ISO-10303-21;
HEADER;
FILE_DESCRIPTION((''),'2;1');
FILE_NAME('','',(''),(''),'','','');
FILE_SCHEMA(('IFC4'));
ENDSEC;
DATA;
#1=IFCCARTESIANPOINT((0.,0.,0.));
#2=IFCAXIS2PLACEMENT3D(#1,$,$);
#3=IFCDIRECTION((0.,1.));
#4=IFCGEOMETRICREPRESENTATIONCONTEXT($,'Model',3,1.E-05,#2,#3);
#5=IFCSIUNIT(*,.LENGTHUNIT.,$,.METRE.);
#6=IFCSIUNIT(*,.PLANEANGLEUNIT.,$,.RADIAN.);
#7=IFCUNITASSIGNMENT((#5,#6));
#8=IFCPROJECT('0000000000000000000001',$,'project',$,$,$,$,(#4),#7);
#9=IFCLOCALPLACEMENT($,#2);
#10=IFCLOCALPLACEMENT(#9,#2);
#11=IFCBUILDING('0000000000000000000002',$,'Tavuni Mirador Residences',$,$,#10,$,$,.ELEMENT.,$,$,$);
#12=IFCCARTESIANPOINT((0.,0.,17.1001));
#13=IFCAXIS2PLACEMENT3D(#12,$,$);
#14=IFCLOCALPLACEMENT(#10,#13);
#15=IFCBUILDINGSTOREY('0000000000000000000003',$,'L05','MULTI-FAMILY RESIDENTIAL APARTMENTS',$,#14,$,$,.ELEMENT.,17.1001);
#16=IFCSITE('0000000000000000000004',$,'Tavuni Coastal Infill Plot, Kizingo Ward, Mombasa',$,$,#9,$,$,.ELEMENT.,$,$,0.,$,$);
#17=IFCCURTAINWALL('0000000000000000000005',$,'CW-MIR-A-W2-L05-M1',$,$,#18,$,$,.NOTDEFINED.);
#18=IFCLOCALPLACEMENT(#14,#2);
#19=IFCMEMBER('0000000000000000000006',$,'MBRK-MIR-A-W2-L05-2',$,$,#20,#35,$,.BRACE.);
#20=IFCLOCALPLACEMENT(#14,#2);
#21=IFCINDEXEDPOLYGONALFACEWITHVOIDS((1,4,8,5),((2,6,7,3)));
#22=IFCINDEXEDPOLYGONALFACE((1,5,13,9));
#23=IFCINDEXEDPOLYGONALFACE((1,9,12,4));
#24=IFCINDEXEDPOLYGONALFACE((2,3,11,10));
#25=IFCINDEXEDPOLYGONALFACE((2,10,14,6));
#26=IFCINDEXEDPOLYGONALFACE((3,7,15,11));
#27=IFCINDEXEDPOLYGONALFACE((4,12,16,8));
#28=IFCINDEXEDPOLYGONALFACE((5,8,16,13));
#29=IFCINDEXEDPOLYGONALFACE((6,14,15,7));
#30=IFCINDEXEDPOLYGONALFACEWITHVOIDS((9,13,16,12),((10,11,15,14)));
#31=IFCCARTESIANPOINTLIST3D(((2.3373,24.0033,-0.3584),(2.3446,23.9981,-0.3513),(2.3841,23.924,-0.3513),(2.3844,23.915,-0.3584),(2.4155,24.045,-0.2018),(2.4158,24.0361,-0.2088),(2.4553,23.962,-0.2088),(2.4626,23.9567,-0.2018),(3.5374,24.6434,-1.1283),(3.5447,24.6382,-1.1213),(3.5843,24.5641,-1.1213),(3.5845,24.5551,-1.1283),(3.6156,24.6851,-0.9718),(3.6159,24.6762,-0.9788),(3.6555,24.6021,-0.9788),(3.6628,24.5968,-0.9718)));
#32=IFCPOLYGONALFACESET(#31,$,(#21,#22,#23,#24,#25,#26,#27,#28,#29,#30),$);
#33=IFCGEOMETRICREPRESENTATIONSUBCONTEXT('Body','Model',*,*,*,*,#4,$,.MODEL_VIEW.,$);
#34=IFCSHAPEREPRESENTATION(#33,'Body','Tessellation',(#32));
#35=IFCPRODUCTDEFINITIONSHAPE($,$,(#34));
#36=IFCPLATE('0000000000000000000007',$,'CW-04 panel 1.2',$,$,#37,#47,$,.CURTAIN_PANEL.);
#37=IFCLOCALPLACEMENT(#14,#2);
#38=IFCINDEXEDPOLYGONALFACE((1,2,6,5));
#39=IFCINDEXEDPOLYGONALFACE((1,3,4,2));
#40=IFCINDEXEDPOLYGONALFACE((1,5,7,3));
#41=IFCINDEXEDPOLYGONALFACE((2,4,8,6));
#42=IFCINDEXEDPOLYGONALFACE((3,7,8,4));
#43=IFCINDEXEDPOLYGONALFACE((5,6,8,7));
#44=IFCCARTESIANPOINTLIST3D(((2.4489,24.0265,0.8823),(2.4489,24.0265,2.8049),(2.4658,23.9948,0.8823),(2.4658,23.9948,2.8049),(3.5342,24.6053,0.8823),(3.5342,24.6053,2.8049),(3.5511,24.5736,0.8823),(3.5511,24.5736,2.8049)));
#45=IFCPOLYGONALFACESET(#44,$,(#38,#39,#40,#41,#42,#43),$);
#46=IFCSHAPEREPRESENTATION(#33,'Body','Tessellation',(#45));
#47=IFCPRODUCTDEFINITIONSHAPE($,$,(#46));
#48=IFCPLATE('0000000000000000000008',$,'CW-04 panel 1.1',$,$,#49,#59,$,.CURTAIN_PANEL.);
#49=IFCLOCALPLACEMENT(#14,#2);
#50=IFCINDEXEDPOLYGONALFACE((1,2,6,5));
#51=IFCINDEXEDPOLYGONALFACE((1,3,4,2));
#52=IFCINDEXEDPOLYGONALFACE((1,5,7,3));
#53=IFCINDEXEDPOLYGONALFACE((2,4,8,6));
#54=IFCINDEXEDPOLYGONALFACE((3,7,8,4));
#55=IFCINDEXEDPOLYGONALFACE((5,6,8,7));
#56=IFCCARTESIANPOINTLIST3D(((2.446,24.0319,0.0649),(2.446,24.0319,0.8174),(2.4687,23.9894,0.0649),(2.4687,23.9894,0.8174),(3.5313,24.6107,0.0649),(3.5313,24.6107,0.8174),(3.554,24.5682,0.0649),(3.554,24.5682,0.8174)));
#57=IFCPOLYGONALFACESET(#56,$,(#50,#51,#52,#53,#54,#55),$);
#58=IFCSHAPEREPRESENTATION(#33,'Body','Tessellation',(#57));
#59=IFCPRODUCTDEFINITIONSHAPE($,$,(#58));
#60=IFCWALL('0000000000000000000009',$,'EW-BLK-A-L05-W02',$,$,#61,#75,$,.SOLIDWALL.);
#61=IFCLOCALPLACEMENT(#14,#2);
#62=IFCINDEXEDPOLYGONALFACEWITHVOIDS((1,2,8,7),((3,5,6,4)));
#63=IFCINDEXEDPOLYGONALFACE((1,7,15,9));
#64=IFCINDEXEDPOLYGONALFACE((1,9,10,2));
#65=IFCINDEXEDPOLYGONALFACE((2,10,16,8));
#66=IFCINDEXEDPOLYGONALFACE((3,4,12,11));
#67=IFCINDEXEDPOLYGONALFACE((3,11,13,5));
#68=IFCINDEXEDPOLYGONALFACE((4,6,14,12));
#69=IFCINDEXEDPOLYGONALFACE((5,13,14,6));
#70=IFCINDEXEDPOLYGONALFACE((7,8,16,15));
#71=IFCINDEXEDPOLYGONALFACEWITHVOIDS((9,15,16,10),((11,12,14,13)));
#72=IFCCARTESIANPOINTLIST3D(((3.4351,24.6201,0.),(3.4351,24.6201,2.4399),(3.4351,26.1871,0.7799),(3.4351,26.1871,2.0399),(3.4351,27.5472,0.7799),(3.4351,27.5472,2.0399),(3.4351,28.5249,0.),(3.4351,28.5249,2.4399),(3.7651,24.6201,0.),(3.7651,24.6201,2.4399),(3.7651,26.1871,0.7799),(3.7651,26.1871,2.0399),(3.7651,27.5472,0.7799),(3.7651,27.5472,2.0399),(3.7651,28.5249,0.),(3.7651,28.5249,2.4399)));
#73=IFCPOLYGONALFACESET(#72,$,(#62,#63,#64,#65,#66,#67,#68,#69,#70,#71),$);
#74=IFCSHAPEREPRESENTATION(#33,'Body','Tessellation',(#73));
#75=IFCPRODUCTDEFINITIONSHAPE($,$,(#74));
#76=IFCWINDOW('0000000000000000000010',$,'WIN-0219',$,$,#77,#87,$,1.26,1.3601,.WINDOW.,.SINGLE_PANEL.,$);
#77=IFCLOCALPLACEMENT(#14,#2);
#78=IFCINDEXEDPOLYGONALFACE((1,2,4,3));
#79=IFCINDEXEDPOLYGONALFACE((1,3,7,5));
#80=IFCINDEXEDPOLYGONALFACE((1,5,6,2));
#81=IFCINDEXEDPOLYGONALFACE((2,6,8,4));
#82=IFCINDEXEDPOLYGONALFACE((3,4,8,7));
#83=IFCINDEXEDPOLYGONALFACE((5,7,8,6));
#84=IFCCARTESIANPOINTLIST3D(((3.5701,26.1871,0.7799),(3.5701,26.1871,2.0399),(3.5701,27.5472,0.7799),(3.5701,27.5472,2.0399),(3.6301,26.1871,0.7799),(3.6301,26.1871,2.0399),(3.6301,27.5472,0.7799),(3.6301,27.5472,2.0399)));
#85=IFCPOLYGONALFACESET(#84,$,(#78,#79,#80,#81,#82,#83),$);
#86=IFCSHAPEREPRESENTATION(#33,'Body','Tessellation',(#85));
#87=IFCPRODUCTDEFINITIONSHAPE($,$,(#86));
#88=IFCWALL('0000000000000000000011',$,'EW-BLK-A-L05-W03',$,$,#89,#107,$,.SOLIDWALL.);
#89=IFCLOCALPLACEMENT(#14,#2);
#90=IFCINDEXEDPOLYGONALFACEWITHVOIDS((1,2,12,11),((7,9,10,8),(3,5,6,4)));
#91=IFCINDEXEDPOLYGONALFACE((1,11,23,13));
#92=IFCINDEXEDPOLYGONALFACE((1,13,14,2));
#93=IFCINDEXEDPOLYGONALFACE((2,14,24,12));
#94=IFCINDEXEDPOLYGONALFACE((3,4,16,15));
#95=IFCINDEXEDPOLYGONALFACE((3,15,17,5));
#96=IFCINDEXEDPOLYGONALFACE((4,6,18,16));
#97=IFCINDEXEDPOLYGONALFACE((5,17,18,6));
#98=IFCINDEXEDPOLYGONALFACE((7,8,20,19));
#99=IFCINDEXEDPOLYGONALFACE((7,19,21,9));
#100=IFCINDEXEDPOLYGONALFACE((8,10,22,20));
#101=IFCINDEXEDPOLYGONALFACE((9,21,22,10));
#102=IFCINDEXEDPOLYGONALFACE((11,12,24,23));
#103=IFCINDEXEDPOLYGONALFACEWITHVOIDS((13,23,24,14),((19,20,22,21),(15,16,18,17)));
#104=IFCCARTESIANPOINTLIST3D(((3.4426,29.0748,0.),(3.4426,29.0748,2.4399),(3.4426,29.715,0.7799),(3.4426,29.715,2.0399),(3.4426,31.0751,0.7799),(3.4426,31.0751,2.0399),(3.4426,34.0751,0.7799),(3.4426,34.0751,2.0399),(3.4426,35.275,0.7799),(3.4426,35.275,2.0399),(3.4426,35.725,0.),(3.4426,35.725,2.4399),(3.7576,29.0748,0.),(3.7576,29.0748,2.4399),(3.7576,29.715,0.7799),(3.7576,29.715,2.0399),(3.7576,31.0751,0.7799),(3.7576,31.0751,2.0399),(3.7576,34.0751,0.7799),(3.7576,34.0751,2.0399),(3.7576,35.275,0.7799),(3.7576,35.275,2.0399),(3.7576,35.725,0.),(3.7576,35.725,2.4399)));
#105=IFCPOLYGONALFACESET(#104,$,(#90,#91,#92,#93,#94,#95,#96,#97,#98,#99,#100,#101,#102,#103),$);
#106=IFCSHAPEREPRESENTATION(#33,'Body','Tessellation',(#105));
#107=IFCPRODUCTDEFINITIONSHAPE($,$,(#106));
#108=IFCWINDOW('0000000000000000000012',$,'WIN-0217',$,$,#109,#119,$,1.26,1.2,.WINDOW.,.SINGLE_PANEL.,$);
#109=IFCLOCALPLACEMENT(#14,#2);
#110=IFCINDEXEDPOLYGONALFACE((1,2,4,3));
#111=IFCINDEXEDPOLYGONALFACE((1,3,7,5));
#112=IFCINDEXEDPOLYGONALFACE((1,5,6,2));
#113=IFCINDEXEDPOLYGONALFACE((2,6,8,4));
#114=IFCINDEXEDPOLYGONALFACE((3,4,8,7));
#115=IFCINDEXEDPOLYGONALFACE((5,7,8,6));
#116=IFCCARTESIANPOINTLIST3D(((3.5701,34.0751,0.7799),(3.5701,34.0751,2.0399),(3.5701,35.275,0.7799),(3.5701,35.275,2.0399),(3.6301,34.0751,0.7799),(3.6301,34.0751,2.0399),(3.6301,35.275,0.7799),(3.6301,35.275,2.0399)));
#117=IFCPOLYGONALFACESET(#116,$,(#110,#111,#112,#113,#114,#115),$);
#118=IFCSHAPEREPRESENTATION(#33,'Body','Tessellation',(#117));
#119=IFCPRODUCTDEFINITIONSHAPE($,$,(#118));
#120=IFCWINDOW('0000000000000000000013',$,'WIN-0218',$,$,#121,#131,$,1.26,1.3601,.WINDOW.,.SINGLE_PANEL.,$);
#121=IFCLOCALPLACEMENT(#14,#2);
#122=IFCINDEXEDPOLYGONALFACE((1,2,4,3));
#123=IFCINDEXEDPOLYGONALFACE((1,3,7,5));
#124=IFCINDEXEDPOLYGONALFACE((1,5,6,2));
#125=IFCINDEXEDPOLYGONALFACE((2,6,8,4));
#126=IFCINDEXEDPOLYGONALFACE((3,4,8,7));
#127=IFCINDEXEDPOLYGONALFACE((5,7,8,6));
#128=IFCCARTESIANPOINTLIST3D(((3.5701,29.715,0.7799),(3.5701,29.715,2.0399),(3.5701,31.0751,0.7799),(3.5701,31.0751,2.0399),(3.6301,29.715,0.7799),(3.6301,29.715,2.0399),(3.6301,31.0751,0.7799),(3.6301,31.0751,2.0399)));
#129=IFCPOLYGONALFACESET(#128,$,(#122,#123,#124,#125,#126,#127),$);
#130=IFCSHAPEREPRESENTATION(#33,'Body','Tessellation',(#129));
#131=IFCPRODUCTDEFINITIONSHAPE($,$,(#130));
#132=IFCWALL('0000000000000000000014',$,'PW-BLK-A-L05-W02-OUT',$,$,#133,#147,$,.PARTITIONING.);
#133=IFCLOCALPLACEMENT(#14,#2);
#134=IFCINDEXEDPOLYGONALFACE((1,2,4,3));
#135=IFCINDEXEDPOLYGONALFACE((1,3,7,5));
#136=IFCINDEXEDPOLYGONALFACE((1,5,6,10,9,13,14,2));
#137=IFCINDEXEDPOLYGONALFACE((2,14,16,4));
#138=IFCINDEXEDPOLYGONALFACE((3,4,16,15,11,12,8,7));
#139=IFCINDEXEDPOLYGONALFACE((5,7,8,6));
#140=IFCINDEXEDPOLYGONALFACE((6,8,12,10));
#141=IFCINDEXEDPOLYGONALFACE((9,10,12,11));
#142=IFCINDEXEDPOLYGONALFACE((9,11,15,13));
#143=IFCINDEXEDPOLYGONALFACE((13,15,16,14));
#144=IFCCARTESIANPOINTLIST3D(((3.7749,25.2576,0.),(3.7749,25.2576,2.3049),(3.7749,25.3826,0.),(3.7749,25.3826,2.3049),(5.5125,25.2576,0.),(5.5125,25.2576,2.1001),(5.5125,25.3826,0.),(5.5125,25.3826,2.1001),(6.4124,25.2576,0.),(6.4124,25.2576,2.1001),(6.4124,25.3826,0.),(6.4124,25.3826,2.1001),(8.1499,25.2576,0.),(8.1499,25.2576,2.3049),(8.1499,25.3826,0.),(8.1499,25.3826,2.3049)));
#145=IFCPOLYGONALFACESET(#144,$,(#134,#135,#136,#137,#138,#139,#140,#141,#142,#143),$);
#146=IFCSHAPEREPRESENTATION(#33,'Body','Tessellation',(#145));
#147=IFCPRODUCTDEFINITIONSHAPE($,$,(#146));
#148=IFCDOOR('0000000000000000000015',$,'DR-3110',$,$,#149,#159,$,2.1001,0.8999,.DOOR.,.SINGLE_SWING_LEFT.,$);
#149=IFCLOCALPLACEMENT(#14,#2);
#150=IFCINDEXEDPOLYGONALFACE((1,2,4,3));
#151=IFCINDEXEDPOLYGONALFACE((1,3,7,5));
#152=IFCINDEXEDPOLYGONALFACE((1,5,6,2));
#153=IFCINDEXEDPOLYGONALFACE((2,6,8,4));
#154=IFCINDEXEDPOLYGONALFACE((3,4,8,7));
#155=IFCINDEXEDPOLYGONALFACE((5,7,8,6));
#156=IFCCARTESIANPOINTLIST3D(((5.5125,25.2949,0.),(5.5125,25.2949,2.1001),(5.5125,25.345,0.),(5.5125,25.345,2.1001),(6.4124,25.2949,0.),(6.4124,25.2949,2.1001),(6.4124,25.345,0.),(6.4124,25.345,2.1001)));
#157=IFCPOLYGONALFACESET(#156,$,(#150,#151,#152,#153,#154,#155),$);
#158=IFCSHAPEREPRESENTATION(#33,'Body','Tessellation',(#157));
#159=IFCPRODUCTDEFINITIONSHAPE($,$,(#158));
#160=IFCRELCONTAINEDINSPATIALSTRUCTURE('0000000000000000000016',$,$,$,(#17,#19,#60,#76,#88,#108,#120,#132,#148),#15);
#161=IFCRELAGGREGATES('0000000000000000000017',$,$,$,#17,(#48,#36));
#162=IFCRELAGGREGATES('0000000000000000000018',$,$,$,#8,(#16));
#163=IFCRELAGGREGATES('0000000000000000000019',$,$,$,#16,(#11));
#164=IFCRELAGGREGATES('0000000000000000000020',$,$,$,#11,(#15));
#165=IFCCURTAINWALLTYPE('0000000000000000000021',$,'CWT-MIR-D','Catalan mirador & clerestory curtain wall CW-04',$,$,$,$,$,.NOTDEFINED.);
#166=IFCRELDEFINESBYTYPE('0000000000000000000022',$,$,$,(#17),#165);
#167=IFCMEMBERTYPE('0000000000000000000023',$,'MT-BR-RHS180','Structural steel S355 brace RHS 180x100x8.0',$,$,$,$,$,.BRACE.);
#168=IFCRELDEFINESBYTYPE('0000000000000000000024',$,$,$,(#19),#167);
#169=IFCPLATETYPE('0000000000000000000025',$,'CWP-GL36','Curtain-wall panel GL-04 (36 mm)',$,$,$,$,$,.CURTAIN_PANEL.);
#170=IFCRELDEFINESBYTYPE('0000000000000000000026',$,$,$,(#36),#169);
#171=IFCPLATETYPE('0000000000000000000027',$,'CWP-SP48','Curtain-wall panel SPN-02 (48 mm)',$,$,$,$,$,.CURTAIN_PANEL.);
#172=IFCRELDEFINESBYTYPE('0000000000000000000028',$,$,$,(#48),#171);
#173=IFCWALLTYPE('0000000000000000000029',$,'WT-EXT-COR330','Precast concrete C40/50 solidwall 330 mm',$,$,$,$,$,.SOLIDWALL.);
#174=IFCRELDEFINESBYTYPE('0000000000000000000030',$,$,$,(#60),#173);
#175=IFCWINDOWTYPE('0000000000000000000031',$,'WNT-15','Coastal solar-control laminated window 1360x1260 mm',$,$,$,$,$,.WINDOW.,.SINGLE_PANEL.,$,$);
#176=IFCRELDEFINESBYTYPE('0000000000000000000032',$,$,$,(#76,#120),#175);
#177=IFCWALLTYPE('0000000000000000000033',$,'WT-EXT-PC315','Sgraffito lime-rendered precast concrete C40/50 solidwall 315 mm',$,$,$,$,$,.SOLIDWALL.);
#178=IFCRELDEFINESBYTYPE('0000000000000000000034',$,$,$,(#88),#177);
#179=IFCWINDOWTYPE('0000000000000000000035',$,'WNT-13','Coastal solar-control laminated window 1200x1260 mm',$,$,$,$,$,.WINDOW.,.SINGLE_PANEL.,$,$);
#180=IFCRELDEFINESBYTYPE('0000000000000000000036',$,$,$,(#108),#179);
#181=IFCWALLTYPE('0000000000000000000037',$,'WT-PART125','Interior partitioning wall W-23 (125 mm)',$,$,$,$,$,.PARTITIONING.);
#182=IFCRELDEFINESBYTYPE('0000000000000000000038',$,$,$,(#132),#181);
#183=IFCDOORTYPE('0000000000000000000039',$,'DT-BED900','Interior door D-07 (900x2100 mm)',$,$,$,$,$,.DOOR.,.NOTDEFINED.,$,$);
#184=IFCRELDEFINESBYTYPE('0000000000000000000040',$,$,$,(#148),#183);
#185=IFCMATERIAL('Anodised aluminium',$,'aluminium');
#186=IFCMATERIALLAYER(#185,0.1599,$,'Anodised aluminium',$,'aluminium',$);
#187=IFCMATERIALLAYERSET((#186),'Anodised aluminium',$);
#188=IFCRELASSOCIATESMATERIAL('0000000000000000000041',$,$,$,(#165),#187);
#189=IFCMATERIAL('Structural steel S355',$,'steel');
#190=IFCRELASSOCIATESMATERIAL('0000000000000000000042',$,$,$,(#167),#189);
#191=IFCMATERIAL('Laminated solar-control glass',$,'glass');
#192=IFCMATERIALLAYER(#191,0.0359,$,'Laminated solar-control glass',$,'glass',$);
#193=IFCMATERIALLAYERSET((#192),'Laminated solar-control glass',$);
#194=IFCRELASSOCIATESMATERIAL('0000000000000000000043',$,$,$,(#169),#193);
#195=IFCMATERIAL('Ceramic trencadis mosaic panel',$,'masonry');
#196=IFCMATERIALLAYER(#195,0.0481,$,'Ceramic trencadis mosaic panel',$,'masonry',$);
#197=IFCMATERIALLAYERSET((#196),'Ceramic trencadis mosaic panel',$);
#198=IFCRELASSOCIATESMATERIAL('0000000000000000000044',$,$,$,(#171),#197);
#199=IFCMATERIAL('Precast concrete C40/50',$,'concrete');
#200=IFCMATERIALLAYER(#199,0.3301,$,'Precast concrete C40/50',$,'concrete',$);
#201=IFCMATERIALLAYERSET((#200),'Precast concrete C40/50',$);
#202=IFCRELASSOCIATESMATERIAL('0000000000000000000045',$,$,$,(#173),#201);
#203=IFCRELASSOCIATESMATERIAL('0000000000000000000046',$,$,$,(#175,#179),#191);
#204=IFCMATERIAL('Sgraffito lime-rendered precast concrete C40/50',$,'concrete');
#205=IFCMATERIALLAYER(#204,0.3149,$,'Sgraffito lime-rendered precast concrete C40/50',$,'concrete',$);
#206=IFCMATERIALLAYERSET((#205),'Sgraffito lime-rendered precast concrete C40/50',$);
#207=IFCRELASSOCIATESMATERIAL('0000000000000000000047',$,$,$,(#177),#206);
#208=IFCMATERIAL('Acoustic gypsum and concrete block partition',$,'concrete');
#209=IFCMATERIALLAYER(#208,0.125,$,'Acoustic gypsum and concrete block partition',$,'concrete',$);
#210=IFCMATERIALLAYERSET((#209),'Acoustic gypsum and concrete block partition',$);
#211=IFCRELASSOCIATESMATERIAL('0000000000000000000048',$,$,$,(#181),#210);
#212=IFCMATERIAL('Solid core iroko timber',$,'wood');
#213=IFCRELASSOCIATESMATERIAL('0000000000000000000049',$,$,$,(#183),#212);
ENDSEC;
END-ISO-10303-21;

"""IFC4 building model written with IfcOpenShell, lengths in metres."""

from ifc_helpers import new_model, si_unit, direction, frame, frame_2d, origin, origin_2d, place, context, subcontext, project, spatial, rectangle, hollow_rectangle, extrude, material, layer, layer_set, material_profile, profile_set, type_object, element, fill, aggregate, save


model = new_model("IFC4")

# Units and contexts
model_context = context("Model", 3, precision=1e-05, world=origin(), true_north=direction((0.0, 1.0)))
body_context = subcontext(model_context, "Body", "Model", "MODEL_VIEW")
ifc_project = project(units=[si_unit("LENGTHUNIT", "METRE"), si_unit("PLANEANGLEUNIT", "RADIAN")], contexts=[model_context])

# Site, building, storey
site_placement = place(None, origin())
site = spatial("IfcSite", under=ifc_project, at=site_placement, Name="Tavuni Coastal Infill Plot, Kizingo Ward, Mombasa", CompositionType="ELEMENT", RefElevation=0.0)
building_placement = place(site_placement, origin())
building = spatial("IfcBuilding", under=site, at=building_placement, Name="Tavuni Mirador Residences", CompositionType="ELEMENT")
storey_placement = place(building_placement, frame((0.0, 0.0, 17.1001)))
storey = spatial("IfcBuildingStorey", under=building, at=storey_placement, Name="L05", Description="MULTI-FAMILY RESIDENTIAL APARTMENTS", CompositionType="ELEMENT", Elevation=17.1001)

# Shared definitions
ifc_material_1 = material(Name="Precast concrete C40/50", Category="concrete")

# Shared definitions
ifc_material_2 = material(Name="Anodised aluminium", Category="aluminium")

# Curtain wall
ifc_layer_1 = layer(ifc_material_2, 0.1599, Name="Anodised aluminium", Category="aluminium")
ifc_layer_set_1 = layer_set([ifc_layer_1], Name="Anodised aluminium")
curtain_wall_type_1 = type_object("IfcCurtainWallType", Name="CWT-MIR-D", Description="Catalan mirador & clerestory curtain wall CW-04", PredefinedType="NOTDEFINED", material=ifc_layer_set_1)
curtain_wall_1_placement = place(storey_placement, origin())
curtain_wall_1 = element("IfcCurtainWall", 1, at=curtain_wall_1_placement, inside=storey, type_object=curtain_wall_type_1, Name="CW-MIR-A-W2-L05-M1", PredefinedType="NOTDEFINED")

# Member
ifc_material_3 = material(Name="Structural steel S355", Category="steel")
ifc_material_profile_1 = material_profile(ifc_material_3, hollow_rectangle(XDim=0.1001, YDim=0.1799, WallThickness=0.0081, at=origin_2d()), Name="RHS 180x100x8.0", Category="steel")
ifc_profile_set_1 = profile_set([ifc_material_profile_1], Name="Structural steel S355")
member_type_1 = type_object("IfcMemberType", Name="MT-BR-RHS180", Description="Structural steel S355 brace RHS 180x100x8.0", PredefinedType="BRACE", material=ifc_profile_set_1)
member_1_placement = place(storey_placement, frame((3.6001, 24.6201, -1.05), z_axis=(-0.767847, -0.409539, 0.492634), x_axis=(0.470607, -0.882343, 0.0)))
element("IfcMember", 2, at=member_1_placement, inside=storey, type_object=member_type_1, Name="MBRK-MIR-A-W2-L05-2", PredefinedType="BRACE", context=body_context, shape_type="SweptSolid", body=[
    extrude(hollow_rectangle(XDim=0.1001, YDim=0.1799, WallThickness=0.0081, at=origin_2d()), origin(), (0.0, 0.0, 1.0), 1.563),
])

# Plates
ifc_material_4 = material(Name="Laminated solar-control glass", Category="glass")
ifc_layer_2 = layer(ifc_material_4, 0.0359, Name="Laminated solar-control glass", Category="glass")
ifc_layer_set_2 = layer_set([ifc_layer_2], Name="Laminated solar-control glass")
plate_type_1 = type_object("IfcPlateType", Name="CWP-GL36", Description="Curtain-wall panel GL-04 (36 mm)", PredefinedType="CURTAIN_PANEL", material=ifc_layer_set_2)
plate_1_placement = place(storey_placement, frame((3.0, 24.3, 0.8823), z_axis=(0.0, 0.0, 1.0), x_axis=(-0.882353, -0.470588, 0.0)))
plate_1 = element("IfcPlate", 3, at=plate_1_placement, type_object=plate_type_1, Name="CW-04 panel 1.2", PredefinedType="CURTAIN_PANEL", context=body_context, shape_type="SweptSolid", body=[
    extrude(rectangle(XDim=1.23, YDim=0.0359, at=origin_2d()), origin(), (0.0, 0.0, 1.0), 1.9226),
])
ifc_material_5 = material(Name="Ceramic trencadis mosaic panel", Category="masonry")
ifc_layer_3 = layer(ifc_material_5, 0.0481, Name="Ceramic trencadis mosaic panel", Category="masonry")
ifc_layer_set_3 = layer_set([ifc_layer_3], Name="Ceramic trencadis mosaic panel")
plate_type_2 = type_object("IfcPlateType", Name="CWP-SP48", Description="Curtain-wall panel SPN-02 (48 mm)", PredefinedType="CURTAIN_PANEL", material=ifc_layer_set_3)
plate_2_placement = place(storey_placement, frame((3.0, 24.3, 0.0649), z_axis=(0.0, 0.0, 1.0), x_axis=(-0.882353, -0.470588, 0.0)))
plate_2 = element("IfcPlate", 4, at=plate_2_placement, type_object=plate_type_2, Name="CW-04 panel 1.1", PredefinedType="CURTAIN_PANEL", context=body_context, shape_type="SweptSolid", body=[
    extrude(rectangle(XDim=1.23, YDim=0.0481, at=origin_2d()), origin(), (0.0, 0.0, 1.0), 0.7524),
])
aggregate(curtain_wall_1, [plate_2, plate_1])

# Wall, opening, window
ifc_layer_4 = layer(ifc_material_1, 0.3301, Name="Precast concrete C40/50", Category="concrete")
ifc_layer_set_4 = layer_set([ifc_layer_4], Name="Precast concrete C40/50")
wall_type_1 = type_object("IfcWallType", Name="WT-EXT-COR330", Description="Precast concrete C40/50 solidwall 330 mm", PredefinedType="SOLIDWALL", material=ifc_layer_set_4)
wall_1_placement = place(storey_placement, frame((3.6001, 28.5249, 0.0), z_axis=(0.0, 0.0, 1.0), x_axis=(0.0, -1.0, 0.0)))
wall_1 = element("IfcWall", 5, at=wall_1_placement, inside=storey, type_object=wall_type_1, Name="EW-BLK-A-L05-W02", PredefinedType="SOLIDWALL", context=body_context, shape_type="SweptSolid", body=[
    extrude(rectangle(XDim=3.9048, YDim=0.3301, at=frame_2d((1.9524, 0.0))), origin(), (0.0, 0.0, 1.0), 2.4399),
])
opening_1_placement = place(wall_1_placement, frame((0.9775, 0.0, 0.78)))
opening_1 = element("IfcOpeningElement", 6, at=opening_1_placement, cuts=wall_1, PredefinedType="OPENING", context=body_context, shape_type="SweptSolid", body=[
    extrude(rectangle(XDim=1.3601, YDim=1.26, at=frame_2d((0.6802, 0.6299))), frame((0.0, 0.175, 0.0), z_axis=(0.0, -1.0, 0.0), x_axis=(1.0, 0.0, 0.0)), (0.0, 0.0, 1.0), 0.3501),
])
window_type_1 = type_object("IfcWindowType", Name="WNT-15", Description="Coastal solar-control laminated window 1360x1260 mm", PartitioningType="SINGLE_PANEL", PredefinedType="WINDOW", material=ifc_material_4)
window_1_placement = place(opening_1_placement, origin())
window_1 = element("IfcWindow", 7, at=window_1_placement, inside=storey, type_object=window_type_1, Name="WIN-0219", OverallHeight=1.26, OverallWidth=1.3601, PartitioningType="SINGLE_PANEL", PredefinedType="WINDOW", context=body_context, shape_type="SweptSolid", body=[
    extrude(rectangle(XDim=1.3601, YDim=1.26, at=frame_2d((0.6802, 0.6299))), frame((0.0, 0.03, 0.0), z_axis=(0.0, -1.0, 0.0), x_axis=(1.0, 0.0, 0.0)), (0.0, 0.0, 1.0), 0.0601),
])
fill(opening_1, window_1)

# Wall, openings, windows
ifc_material_6 = material(Name="Sgraffito lime-rendered precast concrete C40/50", Category="concrete")
ifc_layer_5 = layer(ifc_material_6, 0.3149, Name="Sgraffito lime-rendered precast concrete C40/50", Category="concrete")
ifc_layer_set_5 = layer_set([ifc_layer_5], Name="Sgraffito lime-rendered precast concrete C40/50")
wall_type_2 = type_object("IfcWallType", Name="WT-EXT-PC315", Description="Sgraffito lime-rendered precast concrete C40/50 solidwall 315 mm", PredefinedType="SOLIDWALL", material=ifc_layer_set_5)
wall_2_placement = place(storey_placement, frame((3.6001, 35.7251, 0.0), z_axis=(0.0, 0.0, 1.0), x_axis=(0.0, -1.0, 0.0)))
wall_2 = element("IfcWall", 8, at=wall_2_placement, inside=storey, type_object=wall_type_2, Name="EW-BLK-A-L05-W03", PredefinedType="SOLIDWALL", context=body_context, shape_type="SweptSolid", body=[
    extrude(rectangle(XDim=6.6501, YDim=0.3149, at=frame_2d((3.3252, 0.0))), origin(), (0.0, 0.0, 1.0), 2.4399),
])
opening_2_placement = place(wall_2_placement, frame((0.45, 0.0, 0.78)))
opening_2 = element("IfcOpeningElement", 9, at=opening_2_placement, cuts=wall_2, PredefinedType="OPENING", context=body_context, shape_type="SweptSolid", body=[
    extrude(rectangle(XDim=1.2, YDim=1.26, at=frame_2d((0.6001, 0.6299))), frame((0.0, 0.1675, 0.0), z_axis=(0.0, -1.0, 0.0), x_axis=(1.0, 0.0, 0.0)), (0.0, 0.0, 1.0), 0.335),
])
opening_3_placement = place(wall_2_placement, frame((4.6499, 0.0, 0.78)))
opening_3 = element("IfcOpeningElement", 10, at=opening_3_placement, cuts=wall_2, PredefinedType="OPENING", context=body_context, shape_type="SweptSolid", body=[
    extrude(rectangle(XDim=1.3601, YDim=1.26, at=frame_2d((0.6802, 0.6299))), frame((0.0, 0.1675, 0.0), z_axis=(0.0, -1.0, 0.0), x_axis=(1.0, 0.0, 0.0)), (0.0, 0.0, 1.0), 0.335),
])
window_type_2 = type_object("IfcWindowType", Name="WNT-13", Description="Coastal solar-control laminated window 1200x1260 mm", PartitioningType="SINGLE_PANEL", PredefinedType="WINDOW", material=ifc_material_4)
window_2_placement = place(opening_2_placement, origin())
window_2 = element("IfcWindow", 11, at=window_2_placement, inside=storey, type_object=window_type_2, Name="WIN-0217", OverallHeight=1.26, OverallWidth=1.2, PartitioningType="SINGLE_PANEL", PredefinedType="WINDOW", context=body_context, shape_type="SweptSolid", body=[
    extrude(rectangle(XDim=1.2, YDim=1.26, at=frame_2d((0.6001, 0.6299))), frame((0.0, 0.03, 0.0), z_axis=(0.0, -1.0, 0.0), x_axis=(1.0, 0.0, 0.0)), (0.0, 0.0, 1.0), 0.0601),
])
fill(opening_2, window_2)
window_3_placement = place(opening_3_placement, origin())
window_3 = element("IfcWindow", 12, at=window_3_placement, inside=storey, type_object=window_type_1, Name="WIN-0218", OverallHeight=1.26, OverallWidth=1.3601, PartitioningType="SINGLE_PANEL", PredefinedType="WINDOW", context=body_context, shape_type="SweptSolid", body=[
    extrude(rectangle(XDim=1.3601, YDim=1.26, at=frame_2d((0.6802, 0.6299))), frame((0.0, 0.03, 0.0), z_axis=(0.0, -1.0, 0.0), x_axis=(1.0, 0.0, 0.0)), (0.0, 0.0, 1.0), 0.0601),
])
fill(opening_3, window_3)

# Wall, opening, door
ifc_material_7 = material(Name="Acoustic gypsum and concrete block partition", Category="concrete")
ifc_layer_6 = layer(ifc_material_7, 0.125, Name="Acoustic gypsum and concrete block partition", Category="concrete")
ifc_layer_set_6 = layer_set([ifc_layer_6], Name="Acoustic gypsum and concrete block partition")
wall_type_3 = type_object("IfcWallType", Name="WT-PART125", Description="Interior partitioning wall W-23 (125 mm)", PredefinedType="PARTITIONING", material=ifc_layer_set_6)
wall_3_placement = place(storey_placement, frame((3.7749, 25.3201, 0.0), z_axis=(0.0, 0.0, 1.0), x_axis=(1.0, 0.0, 0.0)))
wall_3 = element("IfcWall", 13, at=wall_3_placement, inside=storey, type_object=wall_type_3, Name="PW-BLK-A-L05-W02-OUT", PredefinedType="PARTITIONING", context=body_context, shape_type="SweptSolid", body=[
    extrude(rectangle(XDim=4.375, YDim=0.125, at=frame_2d((2.1875, 0.0))), origin(), (0.0, 0.0, 1.0), 2.3049),
])
opening_4_placement = place(wall_3_placement, frame((1.7375, 0.0, 0.0)))
opening_4 = element("IfcOpeningElement", 14, at=opening_4_placement, cuts=wall_3, PredefinedType="OPENING", context=body_context, shape_type="SweptSolid", body=[
    extrude(rectangle(XDim=0.8999, YDim=2.1001, at=frame_2d((0.45, 1.05))), frame((0.0, 0.0725, 0.0), z_axis=(0.0, -1.0, 0.0), x_axis=(1.0, 0.0, 0.0)), (0.0, 0.0, 1.0), 0.145),
])
ifc_material_8 = material(Name="Solid core iroko timber", Category="wood")
door_type = type_object("IfcDoorType", Name="DT-BED900", Description="Interior door D-07 (900x2100 mm)", OperationType="NOTDEFINED", PredefinedType="DOOR", material=ifc_material_8)
door_placement = place(opening_4_placement, origin())
door = element("IfcDoor", 15, at=door_placement, inside=storey, type_object=door_type, Name="DR-3110", OperationType="SINGLE_SWING_LEFT", OverallHeight=2.1001, OverallWidth=0.8999, PredefinedType="DOOR", context=body_context, shape_type="SweptSolid", body=[
    extrude(rectangle(XDim=0.8999, YDim=2.1001, at=frame_2d((0.45, 1.05))), frame((0.0, 0.0249, 0.0), z_axis=(0.0, -1.0, 0.0), x_axis=(1.0, 0.0, 0.0)), (0.0, 0.0, 1.0), 0.05),
])
fill(opening_4, door)

save(model, "model.ifc")
